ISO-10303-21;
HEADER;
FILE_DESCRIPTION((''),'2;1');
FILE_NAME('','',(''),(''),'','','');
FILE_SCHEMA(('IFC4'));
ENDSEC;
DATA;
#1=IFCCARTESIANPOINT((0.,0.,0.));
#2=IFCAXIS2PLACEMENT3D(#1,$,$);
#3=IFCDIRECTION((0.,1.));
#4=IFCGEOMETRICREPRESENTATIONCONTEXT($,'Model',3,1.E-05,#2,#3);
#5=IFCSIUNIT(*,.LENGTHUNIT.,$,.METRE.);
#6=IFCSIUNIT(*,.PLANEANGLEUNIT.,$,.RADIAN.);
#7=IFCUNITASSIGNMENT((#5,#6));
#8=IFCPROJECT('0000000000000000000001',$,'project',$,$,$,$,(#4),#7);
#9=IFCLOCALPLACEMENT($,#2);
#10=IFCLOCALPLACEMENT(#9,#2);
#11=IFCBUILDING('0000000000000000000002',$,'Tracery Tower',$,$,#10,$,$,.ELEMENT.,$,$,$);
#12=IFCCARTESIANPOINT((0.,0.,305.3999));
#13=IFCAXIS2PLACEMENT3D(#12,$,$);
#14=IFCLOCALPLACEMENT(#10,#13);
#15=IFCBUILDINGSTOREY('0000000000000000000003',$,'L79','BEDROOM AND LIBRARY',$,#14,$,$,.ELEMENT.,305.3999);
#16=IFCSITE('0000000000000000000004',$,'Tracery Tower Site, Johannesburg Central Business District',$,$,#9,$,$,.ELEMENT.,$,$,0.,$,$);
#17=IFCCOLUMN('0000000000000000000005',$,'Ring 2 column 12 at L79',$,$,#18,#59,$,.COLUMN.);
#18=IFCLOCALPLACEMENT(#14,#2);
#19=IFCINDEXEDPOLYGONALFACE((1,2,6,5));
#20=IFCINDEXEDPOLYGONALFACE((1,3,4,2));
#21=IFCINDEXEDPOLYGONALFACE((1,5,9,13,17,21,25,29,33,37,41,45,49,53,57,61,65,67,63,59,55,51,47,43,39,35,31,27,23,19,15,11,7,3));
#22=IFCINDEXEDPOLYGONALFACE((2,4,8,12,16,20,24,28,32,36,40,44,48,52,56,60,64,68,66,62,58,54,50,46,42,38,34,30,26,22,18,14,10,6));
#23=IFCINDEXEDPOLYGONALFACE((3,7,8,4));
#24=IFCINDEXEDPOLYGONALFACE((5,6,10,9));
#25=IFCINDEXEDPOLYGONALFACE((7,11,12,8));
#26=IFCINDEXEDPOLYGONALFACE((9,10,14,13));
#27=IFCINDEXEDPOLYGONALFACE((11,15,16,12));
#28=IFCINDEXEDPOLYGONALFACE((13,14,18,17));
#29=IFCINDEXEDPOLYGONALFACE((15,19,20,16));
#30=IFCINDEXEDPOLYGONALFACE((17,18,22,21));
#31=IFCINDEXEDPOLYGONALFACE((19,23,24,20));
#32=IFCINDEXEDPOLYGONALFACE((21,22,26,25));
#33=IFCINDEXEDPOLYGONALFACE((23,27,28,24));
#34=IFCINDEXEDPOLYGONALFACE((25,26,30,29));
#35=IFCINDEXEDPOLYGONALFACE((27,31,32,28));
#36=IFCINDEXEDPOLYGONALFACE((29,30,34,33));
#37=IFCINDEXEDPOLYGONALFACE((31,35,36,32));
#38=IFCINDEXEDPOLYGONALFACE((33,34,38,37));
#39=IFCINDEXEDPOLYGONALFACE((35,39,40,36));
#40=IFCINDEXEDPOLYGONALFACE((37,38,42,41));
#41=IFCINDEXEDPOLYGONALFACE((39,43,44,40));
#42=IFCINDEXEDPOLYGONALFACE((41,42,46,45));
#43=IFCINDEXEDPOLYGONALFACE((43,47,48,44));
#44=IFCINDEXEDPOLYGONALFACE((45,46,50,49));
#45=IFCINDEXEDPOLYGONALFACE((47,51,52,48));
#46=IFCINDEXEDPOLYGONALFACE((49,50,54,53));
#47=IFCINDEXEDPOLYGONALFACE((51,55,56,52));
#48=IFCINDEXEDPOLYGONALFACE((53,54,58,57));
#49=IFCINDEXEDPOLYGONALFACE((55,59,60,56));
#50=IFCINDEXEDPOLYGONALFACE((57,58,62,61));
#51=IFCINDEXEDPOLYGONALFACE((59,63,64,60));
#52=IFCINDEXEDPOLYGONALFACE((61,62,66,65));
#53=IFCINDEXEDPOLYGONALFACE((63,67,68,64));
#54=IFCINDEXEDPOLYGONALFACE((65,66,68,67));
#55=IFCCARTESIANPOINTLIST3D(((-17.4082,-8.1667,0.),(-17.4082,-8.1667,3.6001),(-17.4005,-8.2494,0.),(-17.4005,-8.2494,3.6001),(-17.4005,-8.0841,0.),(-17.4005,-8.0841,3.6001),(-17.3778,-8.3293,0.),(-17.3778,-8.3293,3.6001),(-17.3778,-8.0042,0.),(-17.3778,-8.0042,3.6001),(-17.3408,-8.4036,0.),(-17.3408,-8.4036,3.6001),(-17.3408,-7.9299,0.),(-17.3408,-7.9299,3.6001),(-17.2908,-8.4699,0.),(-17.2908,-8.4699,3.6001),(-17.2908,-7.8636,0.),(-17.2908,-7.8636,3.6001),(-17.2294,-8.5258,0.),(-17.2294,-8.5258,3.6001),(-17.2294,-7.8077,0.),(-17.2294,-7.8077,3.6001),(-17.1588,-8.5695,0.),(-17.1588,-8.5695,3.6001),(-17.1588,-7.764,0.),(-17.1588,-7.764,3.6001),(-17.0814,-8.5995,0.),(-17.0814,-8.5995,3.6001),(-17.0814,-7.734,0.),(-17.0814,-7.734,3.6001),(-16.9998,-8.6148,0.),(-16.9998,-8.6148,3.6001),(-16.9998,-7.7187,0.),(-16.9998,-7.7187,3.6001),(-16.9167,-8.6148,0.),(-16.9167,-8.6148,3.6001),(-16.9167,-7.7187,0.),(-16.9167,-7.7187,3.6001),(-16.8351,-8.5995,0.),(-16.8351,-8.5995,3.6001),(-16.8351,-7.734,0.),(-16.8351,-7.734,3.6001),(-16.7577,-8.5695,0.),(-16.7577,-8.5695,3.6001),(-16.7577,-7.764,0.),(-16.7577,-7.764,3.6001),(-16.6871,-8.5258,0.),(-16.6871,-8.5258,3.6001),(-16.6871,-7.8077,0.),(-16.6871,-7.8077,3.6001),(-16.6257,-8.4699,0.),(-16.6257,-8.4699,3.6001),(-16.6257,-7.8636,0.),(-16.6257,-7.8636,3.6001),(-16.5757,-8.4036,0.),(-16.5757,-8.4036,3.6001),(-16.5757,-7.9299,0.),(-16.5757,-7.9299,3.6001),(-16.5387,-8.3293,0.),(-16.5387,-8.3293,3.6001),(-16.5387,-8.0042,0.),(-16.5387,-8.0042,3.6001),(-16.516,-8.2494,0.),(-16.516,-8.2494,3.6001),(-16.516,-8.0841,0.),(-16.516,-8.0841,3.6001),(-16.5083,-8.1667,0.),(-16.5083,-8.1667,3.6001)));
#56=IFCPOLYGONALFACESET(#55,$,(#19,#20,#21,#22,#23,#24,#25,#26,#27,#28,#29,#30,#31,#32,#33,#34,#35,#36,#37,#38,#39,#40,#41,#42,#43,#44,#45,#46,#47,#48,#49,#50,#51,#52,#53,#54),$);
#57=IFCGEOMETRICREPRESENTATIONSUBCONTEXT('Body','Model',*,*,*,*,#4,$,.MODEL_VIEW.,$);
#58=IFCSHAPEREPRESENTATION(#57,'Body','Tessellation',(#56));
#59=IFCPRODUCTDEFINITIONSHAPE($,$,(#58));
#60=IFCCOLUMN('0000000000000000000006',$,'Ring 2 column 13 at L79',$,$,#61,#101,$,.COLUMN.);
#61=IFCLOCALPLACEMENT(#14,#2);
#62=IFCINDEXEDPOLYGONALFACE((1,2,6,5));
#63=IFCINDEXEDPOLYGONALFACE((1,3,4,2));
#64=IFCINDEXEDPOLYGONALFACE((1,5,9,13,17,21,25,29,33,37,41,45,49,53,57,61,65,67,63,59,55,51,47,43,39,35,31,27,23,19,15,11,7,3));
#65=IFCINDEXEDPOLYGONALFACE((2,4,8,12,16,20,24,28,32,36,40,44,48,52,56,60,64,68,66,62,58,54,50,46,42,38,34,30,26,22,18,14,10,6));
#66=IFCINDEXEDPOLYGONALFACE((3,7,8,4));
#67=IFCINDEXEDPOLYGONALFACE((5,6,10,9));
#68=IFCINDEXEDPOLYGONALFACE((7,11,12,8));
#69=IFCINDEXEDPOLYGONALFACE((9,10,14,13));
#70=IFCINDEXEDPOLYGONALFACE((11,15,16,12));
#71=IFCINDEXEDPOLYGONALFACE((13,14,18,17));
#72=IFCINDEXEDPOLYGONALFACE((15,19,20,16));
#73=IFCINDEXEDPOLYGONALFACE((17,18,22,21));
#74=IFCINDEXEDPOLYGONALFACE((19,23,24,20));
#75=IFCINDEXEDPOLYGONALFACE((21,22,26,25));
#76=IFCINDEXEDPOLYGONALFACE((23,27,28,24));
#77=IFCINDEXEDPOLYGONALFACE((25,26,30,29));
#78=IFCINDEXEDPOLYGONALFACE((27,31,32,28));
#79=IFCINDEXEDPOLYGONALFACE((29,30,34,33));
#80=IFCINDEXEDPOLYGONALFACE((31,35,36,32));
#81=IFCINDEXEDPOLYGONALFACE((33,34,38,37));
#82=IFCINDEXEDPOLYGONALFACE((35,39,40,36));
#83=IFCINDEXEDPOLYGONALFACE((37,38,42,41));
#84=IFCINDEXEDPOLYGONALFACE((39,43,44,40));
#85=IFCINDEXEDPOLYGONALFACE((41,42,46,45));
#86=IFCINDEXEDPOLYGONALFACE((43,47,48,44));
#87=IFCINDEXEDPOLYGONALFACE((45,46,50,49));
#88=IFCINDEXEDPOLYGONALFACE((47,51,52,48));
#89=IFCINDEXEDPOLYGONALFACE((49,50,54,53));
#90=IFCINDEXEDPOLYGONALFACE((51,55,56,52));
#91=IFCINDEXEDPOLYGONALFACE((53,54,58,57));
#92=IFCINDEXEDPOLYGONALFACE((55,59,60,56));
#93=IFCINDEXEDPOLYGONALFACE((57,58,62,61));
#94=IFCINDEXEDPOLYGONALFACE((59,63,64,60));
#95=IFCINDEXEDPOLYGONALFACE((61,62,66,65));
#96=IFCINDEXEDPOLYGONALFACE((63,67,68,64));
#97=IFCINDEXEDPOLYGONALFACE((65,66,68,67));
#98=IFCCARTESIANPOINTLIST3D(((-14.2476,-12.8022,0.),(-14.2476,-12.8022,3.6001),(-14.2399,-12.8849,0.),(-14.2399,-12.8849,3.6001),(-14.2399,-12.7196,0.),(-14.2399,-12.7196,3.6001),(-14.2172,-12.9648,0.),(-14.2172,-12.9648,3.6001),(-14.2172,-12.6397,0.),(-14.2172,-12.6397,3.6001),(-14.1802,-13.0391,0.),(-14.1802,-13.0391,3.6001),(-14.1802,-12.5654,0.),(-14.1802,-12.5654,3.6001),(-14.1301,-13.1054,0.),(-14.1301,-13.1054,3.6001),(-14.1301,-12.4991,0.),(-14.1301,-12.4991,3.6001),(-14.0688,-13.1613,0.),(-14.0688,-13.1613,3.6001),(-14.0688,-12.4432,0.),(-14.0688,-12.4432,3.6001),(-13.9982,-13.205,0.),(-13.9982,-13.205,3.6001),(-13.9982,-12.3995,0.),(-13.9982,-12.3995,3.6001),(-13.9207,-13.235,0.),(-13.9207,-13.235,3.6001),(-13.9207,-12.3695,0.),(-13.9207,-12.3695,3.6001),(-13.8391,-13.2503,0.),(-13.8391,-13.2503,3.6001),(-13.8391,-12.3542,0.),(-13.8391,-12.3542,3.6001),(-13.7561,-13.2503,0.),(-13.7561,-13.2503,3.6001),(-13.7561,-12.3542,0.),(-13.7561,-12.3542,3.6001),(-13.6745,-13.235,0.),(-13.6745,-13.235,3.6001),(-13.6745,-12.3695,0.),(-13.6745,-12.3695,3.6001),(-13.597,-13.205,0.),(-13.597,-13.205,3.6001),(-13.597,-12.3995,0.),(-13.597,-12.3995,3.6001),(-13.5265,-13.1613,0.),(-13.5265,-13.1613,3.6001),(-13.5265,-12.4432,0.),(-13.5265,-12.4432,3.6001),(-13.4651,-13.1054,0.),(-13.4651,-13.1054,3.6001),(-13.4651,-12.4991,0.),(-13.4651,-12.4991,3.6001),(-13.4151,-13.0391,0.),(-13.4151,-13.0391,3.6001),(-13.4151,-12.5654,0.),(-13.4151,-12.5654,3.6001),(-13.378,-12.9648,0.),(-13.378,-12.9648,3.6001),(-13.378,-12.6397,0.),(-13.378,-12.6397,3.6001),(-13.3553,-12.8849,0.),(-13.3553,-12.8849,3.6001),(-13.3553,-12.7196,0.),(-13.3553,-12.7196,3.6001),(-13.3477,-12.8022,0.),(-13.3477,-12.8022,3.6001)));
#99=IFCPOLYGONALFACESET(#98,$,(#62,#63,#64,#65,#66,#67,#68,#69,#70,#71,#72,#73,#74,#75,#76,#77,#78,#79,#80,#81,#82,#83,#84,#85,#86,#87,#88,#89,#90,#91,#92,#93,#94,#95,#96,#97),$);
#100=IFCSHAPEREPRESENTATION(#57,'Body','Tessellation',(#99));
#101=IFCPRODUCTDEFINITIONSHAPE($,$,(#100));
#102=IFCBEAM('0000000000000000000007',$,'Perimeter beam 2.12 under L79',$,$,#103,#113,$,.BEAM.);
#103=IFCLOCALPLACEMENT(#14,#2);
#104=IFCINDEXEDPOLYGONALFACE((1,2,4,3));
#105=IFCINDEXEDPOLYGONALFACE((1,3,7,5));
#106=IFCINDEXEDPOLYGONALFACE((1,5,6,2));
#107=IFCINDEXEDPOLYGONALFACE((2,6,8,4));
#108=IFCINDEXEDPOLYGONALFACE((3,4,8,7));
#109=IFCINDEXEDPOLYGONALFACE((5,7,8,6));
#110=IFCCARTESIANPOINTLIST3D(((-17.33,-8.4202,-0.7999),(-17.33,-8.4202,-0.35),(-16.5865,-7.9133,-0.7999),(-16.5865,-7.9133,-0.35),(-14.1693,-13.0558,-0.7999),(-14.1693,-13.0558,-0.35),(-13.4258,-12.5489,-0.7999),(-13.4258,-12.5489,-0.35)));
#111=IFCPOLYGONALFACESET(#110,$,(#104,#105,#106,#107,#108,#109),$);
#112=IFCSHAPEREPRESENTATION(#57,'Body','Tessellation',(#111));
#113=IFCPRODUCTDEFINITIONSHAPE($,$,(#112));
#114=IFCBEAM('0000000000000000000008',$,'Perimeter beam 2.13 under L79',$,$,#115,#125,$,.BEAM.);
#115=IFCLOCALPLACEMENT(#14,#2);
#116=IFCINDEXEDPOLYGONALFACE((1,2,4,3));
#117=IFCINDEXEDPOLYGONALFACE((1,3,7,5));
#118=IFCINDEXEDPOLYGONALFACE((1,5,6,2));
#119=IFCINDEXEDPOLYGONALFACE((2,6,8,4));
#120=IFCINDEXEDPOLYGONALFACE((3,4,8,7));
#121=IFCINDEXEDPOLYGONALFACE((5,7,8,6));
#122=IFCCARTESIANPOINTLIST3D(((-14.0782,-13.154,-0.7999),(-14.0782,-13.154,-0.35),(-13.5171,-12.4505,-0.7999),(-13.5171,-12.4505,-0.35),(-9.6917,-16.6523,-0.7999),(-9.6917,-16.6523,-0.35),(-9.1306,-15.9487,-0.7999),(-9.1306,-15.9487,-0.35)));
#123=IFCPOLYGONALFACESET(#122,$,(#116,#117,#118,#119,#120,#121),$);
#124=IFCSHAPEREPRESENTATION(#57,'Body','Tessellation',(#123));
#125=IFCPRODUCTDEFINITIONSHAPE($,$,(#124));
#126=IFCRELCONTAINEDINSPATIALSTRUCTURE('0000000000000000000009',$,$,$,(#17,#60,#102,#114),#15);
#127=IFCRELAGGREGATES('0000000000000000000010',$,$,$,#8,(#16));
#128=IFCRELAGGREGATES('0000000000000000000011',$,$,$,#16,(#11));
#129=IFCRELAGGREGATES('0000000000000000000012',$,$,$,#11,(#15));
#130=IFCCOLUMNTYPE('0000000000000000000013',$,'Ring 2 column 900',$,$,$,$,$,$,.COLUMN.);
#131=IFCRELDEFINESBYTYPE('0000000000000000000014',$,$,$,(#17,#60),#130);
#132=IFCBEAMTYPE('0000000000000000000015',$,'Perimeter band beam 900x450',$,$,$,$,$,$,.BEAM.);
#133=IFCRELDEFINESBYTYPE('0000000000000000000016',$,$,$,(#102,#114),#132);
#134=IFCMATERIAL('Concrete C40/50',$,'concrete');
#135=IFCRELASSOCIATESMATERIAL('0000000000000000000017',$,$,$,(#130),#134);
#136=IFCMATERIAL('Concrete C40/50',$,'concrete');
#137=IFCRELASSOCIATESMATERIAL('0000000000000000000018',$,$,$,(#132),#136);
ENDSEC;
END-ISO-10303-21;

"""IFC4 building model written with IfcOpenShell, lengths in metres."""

from ifc_helpers import new_model, si_unit, direction, frame, origin, origin_2d, place, context, subcontext, project, spatial, rectangle, circle, extrude, material, material_profile, profile_set, type_object, element, save


model = new_model("IFC4")

# Units and contexts
model_context = context("Model", 3, precision=1e-05, world=origin(), true_north=direction((0.0, 1.0)))
body_context = subcontext(model_context, "Body", "Model", "MODEL_VIEW")
ifc_project = project(units=[si_unit("LENGTHUNIT", "METRE"), si_unit("PLANEANGLEUNIT", "RADIAN")], contexts=[model_context])

# Site, building, storey
site_placement = place(None, origin())
site = spatial("IfcSite", under=ifc_project, at=site_placement, Name="Tracery Tower Site, Johannesburg Central Business District", CompositionType="ELEMENT", RefElevation=0.0)
building_placement = place(site_placement, origin())
building = spatial("IfcBuilding", under=site, at=building_placement, Name="Tracery Tower", CompositionType="ELEMENT")
storey_placement = place(building_placement, frame((0.0, 0.0, 305.3999)))
storey = spatial("IfcBuildingStorey", under=building, at=storey_placement, Name="L79", Description="BEDROOM AND LIBRARY", CompositionType="ELEMENT", Elevation=305.3999)

# Columns
ifc_material_1 = material(Name="Concrete C40/50", Category="concrete")
ifc_material_profile_1 = material_profile(ifc_material_1, circle(Radius=0.45, at=origin_2d()), Name="RC D900")
ifc_profile_set_1 = profile_set([ifc_material_profile_1], Name="Concrete C40/50")
column_type = type_object("IfcColumnType", Name="Ring 2 column 900", PredefinedType="COLUMN", material=ifc_profile_set_1)
for number, where, z_axis, x_axis, name in (
    (1, (-16.9583, -8.1667, 0.0), (0.0, 0.0, 1.0), (1.0, 0.0, 0.0), "Ring 2 column 12 at L79"),
    (2, (-13.7976, -12.8022, 0.0), (0.0, 0.0, 1.0), (1.0, 0.0, 0.0), "Ring 2 column 13 at L79"),
):
    element("IfcColumn", number, at=place(storey_placement, frame(where, z_axis=z_axis, x_axis=x_axis)), inside=storey, type_object=column_type, Name=name, PredefinedType="COLUMN", context=body_context, shape_type="SweptSolid", body=[
        extrude(circle(Radius=0.45, at=origin_2d()), origin(), (0.0, 0.0, 1.0), 3.6001),
    ])

# Beams
ifc_material_2 = material(Name="Concrete C40/50", Category="concrete")
ifc_material_profile_2 = material_profile(ifc_material_2, rectangle(XDim=0.8999, YDim=0.45, at=origin_2d()), Name="RC 900x450")
ifc_profile_set_2 = profile_set([ifc_material_profile_2], Name="Concrete C40/50")
beam_type = type_object("IfcBeamType", Name="Perimeter band beam 900x450", PredefinedType="BEAM", material=ifc_profile_set_2)
for number, where, z_axis, x_axis, name in (
    (3, (-16.9583, -8.1667, -0.575), (0.563346, -0.826221, 0.0), (0.826221, 0.563346, 0.0), "Perimeter beam 2.12 under L79"),
    (4, (-13.7976, -12.8022, -0.575), (0.781815, -0.623511, 0.0), (0.623511, 0.781815, 0.0), "Perimeter beam 2.13 under L79"),
):
    element("IfcBeam", number, at=place(storey_placement, frame(where, z_axis=z_axis, x_axis=x_axis)), inside=storey, type_object=beam_type, Name=name, PredefinedType="BEAM", context=body_context, shape_type="SweptSolid", body=[
        extrude(rectangle(XDim=0.8999, YDim=0.45, at=origin_2d()), origin(), (0.0, 0.0, 1.0), 5.6106),
    ])

save(model, "model.ifc")
